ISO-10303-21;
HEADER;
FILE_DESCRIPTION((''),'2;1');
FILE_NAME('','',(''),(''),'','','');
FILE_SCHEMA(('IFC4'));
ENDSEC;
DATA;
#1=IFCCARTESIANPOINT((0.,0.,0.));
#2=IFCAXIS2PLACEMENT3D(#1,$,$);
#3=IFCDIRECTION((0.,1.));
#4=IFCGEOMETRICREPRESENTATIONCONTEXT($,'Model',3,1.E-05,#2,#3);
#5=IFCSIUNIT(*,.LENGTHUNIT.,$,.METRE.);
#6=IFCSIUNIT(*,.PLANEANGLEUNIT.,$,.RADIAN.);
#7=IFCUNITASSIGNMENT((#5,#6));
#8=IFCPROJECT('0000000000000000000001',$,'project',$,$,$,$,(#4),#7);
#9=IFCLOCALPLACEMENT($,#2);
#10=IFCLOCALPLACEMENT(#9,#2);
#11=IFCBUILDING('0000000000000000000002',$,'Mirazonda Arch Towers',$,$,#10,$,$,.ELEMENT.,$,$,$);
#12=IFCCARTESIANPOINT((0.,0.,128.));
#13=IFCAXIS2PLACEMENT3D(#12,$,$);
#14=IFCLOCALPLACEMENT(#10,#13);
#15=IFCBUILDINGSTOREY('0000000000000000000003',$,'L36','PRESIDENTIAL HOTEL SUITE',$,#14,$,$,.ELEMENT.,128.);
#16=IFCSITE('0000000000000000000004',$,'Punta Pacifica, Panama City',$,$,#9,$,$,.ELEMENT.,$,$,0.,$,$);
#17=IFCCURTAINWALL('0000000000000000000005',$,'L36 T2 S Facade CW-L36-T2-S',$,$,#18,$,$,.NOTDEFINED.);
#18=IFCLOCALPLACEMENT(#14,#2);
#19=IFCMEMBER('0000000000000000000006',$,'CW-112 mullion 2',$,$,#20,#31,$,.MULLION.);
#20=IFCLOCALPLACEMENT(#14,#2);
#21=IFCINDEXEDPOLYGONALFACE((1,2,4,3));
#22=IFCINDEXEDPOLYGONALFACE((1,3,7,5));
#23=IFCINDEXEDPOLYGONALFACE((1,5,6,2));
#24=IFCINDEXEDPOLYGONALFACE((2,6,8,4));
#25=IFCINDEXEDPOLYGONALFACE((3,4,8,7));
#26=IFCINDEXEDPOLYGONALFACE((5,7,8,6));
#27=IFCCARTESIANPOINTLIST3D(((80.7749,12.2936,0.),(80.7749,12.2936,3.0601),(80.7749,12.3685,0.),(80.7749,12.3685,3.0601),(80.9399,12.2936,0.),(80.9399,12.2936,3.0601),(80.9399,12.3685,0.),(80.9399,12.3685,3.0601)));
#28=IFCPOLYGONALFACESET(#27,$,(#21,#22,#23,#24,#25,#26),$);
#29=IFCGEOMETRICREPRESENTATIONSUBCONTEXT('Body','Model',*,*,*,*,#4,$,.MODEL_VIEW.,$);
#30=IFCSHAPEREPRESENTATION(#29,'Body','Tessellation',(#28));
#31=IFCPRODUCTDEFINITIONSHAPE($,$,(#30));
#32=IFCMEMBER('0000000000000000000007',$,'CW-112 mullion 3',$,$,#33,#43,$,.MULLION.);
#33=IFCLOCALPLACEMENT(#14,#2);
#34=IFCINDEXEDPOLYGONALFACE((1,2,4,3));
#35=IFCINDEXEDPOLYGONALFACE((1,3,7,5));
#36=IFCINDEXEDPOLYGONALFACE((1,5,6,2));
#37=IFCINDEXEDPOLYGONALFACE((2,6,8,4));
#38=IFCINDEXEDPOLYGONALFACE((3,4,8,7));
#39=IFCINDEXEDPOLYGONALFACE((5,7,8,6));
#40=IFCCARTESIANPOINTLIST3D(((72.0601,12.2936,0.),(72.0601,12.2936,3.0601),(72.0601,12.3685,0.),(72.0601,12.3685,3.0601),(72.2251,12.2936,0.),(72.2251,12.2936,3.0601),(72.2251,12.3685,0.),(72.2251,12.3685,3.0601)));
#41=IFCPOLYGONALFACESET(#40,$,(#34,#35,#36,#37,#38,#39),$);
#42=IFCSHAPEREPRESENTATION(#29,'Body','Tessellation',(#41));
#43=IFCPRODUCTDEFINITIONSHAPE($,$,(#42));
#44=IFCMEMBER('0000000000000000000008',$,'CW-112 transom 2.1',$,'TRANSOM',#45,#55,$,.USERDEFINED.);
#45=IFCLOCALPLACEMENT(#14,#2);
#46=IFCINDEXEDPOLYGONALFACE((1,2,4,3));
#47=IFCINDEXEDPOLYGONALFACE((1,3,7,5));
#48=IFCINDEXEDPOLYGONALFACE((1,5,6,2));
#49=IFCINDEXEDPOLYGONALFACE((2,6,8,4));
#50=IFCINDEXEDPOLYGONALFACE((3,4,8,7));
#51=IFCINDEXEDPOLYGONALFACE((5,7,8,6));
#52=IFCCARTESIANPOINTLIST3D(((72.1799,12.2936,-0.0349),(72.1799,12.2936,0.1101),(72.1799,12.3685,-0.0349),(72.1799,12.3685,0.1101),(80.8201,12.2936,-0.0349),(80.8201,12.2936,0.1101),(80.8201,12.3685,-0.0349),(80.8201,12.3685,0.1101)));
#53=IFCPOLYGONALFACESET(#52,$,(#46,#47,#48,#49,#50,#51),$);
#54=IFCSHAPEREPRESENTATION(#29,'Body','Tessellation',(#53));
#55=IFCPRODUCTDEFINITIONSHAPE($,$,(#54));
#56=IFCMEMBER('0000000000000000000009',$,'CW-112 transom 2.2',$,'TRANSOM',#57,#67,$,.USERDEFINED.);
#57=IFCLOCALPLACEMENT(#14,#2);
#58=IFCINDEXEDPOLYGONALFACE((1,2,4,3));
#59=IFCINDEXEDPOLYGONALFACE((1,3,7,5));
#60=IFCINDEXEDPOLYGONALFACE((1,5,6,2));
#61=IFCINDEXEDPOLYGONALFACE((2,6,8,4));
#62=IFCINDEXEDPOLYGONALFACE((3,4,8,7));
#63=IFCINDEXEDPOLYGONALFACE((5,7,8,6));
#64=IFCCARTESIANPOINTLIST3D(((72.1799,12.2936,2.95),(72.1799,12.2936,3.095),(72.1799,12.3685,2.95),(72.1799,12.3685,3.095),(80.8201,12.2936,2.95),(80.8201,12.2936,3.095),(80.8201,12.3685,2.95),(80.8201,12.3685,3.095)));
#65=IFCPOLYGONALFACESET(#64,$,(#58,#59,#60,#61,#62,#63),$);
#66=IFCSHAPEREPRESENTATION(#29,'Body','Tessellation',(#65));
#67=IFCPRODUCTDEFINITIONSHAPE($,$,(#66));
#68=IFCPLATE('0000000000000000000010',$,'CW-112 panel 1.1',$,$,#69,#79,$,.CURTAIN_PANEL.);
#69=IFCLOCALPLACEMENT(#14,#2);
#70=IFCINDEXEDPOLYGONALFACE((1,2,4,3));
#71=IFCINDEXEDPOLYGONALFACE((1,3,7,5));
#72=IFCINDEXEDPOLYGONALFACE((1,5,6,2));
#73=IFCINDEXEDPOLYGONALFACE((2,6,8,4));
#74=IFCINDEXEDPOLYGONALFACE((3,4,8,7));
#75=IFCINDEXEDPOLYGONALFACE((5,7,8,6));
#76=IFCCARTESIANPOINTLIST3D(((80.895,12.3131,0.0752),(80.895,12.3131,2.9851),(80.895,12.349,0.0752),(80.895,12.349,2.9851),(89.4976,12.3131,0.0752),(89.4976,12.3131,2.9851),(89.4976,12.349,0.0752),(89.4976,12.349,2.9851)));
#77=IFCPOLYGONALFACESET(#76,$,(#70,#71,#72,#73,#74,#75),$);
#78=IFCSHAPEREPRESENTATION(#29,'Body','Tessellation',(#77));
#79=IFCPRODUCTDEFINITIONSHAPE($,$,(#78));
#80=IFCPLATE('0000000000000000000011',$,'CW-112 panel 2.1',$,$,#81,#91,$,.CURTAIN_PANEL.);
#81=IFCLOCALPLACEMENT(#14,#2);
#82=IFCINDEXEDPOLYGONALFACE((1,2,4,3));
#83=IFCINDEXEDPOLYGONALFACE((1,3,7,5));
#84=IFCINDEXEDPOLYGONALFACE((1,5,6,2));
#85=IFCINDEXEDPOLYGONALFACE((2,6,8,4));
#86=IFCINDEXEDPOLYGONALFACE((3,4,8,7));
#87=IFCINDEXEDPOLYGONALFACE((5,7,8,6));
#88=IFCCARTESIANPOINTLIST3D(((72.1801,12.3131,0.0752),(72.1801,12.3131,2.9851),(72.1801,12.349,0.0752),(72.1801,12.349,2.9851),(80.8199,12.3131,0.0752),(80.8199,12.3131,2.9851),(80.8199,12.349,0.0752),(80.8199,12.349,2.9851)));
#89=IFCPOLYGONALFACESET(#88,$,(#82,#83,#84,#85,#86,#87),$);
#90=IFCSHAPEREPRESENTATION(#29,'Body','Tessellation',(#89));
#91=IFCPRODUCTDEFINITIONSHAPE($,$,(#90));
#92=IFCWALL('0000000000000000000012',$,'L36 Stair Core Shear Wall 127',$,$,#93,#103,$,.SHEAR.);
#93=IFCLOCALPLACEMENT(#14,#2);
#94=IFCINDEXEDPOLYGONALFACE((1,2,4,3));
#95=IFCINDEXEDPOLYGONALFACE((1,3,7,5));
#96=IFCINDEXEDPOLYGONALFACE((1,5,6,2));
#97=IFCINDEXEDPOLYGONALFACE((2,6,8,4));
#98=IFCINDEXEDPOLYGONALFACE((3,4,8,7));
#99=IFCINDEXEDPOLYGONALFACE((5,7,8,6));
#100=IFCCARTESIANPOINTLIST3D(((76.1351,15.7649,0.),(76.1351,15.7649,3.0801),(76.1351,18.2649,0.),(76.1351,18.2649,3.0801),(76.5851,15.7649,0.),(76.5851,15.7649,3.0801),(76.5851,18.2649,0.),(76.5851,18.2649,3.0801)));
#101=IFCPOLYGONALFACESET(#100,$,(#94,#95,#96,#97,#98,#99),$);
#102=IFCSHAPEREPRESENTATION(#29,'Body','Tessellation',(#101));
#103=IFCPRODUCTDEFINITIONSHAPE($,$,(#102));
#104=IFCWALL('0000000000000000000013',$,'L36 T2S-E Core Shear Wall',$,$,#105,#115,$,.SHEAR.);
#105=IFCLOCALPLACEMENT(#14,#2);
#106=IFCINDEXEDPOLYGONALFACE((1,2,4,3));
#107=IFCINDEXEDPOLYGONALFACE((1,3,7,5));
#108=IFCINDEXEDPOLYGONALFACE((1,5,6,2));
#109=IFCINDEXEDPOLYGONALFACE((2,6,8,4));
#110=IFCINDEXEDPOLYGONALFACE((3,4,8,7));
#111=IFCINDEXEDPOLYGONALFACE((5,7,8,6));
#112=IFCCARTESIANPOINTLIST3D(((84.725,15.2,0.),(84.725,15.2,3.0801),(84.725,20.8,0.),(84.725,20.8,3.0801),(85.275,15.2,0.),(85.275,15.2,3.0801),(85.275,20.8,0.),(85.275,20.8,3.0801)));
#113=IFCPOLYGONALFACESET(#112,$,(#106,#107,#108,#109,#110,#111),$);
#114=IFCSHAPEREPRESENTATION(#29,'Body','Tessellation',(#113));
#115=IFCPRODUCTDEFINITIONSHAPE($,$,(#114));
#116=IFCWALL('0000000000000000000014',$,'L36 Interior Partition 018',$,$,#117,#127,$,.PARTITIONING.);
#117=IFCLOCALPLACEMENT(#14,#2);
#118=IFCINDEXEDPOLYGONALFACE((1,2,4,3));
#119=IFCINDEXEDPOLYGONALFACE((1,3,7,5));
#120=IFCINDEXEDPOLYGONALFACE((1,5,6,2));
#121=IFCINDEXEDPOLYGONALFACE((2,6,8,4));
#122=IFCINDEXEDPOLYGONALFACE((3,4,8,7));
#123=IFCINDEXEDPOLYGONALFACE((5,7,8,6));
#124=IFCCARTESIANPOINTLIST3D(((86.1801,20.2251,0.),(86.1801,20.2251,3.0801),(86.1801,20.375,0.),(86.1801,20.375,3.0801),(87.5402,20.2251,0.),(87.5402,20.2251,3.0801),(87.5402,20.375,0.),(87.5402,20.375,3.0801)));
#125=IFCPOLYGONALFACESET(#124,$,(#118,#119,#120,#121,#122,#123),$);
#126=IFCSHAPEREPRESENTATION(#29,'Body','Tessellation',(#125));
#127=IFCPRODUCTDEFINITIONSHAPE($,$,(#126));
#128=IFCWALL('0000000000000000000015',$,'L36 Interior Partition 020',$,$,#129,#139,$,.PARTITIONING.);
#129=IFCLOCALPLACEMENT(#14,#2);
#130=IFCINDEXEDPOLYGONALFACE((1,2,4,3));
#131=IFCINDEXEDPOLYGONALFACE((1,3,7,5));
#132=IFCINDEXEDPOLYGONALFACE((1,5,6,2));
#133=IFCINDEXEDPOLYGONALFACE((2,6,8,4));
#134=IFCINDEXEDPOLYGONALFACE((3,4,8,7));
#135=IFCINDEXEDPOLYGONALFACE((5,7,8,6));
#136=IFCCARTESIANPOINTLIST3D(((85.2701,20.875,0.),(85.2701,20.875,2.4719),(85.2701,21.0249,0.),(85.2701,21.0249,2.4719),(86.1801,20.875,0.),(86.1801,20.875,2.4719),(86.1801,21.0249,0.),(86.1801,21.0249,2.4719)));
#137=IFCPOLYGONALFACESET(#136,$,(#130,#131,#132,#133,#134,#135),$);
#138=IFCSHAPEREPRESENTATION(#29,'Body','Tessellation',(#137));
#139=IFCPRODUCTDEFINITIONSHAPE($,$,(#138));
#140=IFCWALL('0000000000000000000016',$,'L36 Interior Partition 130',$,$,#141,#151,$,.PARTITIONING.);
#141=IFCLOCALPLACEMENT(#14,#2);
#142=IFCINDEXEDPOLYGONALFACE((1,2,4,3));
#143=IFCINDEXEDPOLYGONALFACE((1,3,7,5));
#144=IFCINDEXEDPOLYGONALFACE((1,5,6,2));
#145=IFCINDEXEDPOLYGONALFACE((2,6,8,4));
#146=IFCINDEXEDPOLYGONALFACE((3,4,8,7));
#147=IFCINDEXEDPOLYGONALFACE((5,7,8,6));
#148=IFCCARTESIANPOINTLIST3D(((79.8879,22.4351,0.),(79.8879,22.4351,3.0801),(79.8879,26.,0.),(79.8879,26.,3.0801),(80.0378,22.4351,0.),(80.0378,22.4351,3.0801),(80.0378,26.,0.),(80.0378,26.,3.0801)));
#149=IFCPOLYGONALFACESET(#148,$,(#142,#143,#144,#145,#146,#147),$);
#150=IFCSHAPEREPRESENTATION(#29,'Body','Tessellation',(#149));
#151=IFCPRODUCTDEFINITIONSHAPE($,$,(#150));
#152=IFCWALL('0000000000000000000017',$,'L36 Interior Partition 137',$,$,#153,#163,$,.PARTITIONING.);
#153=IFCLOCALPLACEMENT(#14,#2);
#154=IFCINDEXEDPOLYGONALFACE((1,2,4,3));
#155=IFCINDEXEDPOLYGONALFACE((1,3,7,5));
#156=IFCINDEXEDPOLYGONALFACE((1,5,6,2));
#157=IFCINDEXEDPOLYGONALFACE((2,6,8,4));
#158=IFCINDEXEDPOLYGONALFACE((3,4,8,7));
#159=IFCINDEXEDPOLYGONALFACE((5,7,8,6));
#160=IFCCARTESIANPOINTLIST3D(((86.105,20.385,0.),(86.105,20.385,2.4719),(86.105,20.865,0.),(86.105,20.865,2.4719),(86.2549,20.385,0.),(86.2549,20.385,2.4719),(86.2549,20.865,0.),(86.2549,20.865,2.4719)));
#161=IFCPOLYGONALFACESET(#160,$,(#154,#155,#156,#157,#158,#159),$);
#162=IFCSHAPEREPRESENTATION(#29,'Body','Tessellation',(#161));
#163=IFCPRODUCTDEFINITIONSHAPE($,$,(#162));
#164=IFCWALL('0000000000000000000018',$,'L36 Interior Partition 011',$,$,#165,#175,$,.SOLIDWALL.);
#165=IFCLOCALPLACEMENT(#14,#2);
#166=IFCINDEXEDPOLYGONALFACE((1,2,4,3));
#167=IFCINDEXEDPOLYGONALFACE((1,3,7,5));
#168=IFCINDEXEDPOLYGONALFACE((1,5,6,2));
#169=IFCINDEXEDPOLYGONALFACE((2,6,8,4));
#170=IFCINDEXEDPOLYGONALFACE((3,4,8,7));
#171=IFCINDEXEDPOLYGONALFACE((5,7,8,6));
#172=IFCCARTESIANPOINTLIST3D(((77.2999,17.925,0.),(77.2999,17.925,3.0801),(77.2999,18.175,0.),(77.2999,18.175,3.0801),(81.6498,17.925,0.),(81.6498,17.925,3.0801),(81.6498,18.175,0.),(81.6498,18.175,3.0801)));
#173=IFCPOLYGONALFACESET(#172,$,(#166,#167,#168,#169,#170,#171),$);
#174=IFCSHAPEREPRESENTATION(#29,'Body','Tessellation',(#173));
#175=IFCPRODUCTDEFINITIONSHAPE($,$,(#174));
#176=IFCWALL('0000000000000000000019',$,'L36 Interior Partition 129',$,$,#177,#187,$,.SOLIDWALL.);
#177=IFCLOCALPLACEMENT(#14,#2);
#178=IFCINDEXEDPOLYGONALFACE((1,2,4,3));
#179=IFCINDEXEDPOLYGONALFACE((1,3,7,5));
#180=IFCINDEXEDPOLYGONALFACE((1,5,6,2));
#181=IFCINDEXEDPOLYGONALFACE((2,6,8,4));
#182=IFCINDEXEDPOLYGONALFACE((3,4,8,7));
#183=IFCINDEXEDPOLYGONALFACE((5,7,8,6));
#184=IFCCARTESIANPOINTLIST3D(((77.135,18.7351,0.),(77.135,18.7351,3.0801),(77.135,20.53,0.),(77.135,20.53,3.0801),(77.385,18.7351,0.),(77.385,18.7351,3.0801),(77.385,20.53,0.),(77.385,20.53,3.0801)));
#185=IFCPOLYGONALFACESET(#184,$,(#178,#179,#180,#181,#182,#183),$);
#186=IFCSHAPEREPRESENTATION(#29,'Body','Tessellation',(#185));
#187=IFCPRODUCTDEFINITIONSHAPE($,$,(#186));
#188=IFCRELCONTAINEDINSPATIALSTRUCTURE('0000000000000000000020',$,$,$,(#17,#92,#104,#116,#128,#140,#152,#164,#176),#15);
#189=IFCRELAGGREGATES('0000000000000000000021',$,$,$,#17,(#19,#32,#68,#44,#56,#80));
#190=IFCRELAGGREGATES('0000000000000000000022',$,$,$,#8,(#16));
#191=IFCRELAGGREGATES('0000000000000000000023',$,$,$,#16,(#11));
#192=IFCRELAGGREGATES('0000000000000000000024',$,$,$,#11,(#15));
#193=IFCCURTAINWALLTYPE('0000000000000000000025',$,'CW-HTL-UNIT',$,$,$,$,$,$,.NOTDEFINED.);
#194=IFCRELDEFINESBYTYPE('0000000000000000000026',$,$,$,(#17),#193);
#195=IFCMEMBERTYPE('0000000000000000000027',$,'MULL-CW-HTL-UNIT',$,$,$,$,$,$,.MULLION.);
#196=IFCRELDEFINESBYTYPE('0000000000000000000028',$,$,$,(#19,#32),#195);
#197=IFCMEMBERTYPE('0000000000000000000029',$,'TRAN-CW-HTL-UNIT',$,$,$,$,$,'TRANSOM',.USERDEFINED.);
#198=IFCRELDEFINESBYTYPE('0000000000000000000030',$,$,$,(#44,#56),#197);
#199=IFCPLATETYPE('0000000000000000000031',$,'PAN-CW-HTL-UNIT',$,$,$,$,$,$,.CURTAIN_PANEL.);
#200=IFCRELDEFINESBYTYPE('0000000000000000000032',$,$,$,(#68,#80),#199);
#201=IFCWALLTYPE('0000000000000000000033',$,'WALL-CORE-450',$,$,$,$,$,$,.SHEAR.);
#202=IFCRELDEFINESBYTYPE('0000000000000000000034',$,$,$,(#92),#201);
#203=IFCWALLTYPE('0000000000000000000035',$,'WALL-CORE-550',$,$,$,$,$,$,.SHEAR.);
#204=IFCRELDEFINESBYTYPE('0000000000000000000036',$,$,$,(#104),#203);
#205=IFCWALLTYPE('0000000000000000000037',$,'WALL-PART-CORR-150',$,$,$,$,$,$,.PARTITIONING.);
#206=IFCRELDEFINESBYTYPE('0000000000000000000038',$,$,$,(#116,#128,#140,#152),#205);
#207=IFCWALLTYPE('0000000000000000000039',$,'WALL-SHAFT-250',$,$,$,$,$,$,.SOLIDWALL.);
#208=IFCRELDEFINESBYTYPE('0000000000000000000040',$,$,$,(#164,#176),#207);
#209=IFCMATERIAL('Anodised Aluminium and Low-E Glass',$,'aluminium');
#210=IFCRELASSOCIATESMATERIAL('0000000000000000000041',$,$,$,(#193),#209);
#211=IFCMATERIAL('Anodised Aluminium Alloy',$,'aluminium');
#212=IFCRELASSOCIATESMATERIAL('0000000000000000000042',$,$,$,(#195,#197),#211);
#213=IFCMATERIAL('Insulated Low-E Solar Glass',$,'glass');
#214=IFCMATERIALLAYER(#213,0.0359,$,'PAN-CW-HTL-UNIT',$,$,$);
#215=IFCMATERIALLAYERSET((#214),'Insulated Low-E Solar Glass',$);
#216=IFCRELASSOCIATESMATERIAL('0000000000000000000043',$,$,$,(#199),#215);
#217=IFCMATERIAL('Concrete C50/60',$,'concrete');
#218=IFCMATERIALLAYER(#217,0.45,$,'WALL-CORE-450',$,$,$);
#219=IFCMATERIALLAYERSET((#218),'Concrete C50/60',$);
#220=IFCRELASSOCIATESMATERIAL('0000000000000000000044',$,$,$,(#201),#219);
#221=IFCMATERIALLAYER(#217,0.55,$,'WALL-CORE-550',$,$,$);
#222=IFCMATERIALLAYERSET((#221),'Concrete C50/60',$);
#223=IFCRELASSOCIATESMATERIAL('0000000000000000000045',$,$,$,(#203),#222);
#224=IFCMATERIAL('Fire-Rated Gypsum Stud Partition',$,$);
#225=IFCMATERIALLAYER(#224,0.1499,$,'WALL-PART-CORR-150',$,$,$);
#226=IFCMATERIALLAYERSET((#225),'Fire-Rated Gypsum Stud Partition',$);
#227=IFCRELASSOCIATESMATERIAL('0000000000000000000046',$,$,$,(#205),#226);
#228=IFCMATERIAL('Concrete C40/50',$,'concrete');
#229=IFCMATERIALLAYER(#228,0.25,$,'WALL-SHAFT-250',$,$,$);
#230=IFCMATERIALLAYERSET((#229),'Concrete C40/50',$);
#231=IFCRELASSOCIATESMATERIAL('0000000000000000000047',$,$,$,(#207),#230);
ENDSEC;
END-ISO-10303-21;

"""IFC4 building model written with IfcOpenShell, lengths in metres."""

from ifc_helpers import new_model, si_unit, direction, frame, frame_2d, origin, origin_2d, place, context, subcontext, project, spatial, rectangle, extrude, material, layer, layer_set, material_profile, profile_set, type_object, element, aggregate, save


model = new_model("IFC4")

# Units and contexts
model_context = context("Model", 3, precision=1e-05, world=origin(), true_north=direction((0.0, 1.0)))
body_context = subcontext(model_context, "Body", "Model", "MODEL_VIEW")
ifc_project = project(units=[si_unit("LENGTHUNIT", "METRE"), si_unit("PLANEANGLEUNIT", "RADIAN")], contexts=[model_context])

# Site, building, storey
site_placement = place(None, origin())
site = spatial("IfcSite", under=ifc_project, at=site_placement, Name="Punta Pacifica, Panama City", CompositionType="ELEMENT", RefElevation=0.0)
building_placement = place(site_placement, origin())
building = spatial("IfcBuilding", under=site, at=building_placement, Name="Mirazonda Arch Towers", CompositionType="ELEMENT")
storey_placement = place(building_placement, frame((0.0, 0.0, 128.0)))
storey = spatial("IfcBuildingStorey", under=building, at=storey_placement, Name="L36", Description="PRESIDENTIAL HOTEL SUITE", CompositionType="ELEMENT", Elevation=128.0)

# Shared definitions
ifc_material_1 = material(Name="Concrete C50/60", Category="concrete")

# Curtain wall, members, plates
ifc_material_2 = material(Name="Anodised Aluminium and Low-E Glass", Category="aluminium")
curtain_wall_type = type_object("IfcCurtainWallType", Name="CW-HTL-UNIT", PredefinedType="NOTDEFINED", material=ifc_material_2)
curtain_wall_placement = place(storey_placement, origin())
curtain_wall = element("IfcCurtainWall", 1, at=curtain_wall_placement, inside=storey, type_object=curtain_wall_type, Name="L36 T2 S Facade CW-L36-T2-S", PredefinedType="NOTDEFINED")
ifc_material_3 = material(Name="Anodised Aluminium Alloy", Category="aluminium")
ifc_material_profile_1 = material_profile(ifc_material_3, rectangle(XDim=0.075, YDim=0.165, at=origin_2d()), Name="ALU-MULL-75x165")
ifc_profile_set_1 = profile_set([ifc_material_profile_1], Name="Anodised Aluminium Alloy")
member_type_1 = type_object("IfcMemberType", Name="MULL-CW-HTL-UNIT", PredefinedType="MULLION", material=ifc_profile_set_1)
member_1_placement = place(storey_placement, frame((80.8574, 12.3311, 0.0), z_axis=(0.0, 0.0, 1.0), x_axis=(0.0, -1.0, 0.0)))
member_1 = element("IfcMember", 2, at=member_1_placement, type_object=member_type_1, Name="CW-112 mullion 2", PredefinedType="MULLION", context=body_context, shape_type="SweptSolid", body=[
    extrude(rectangle(XDim=0.075, YDim=0.165, at=origin_2d()), origin(), (0.0, 0.0, 1.0), 3.0601),
])
member_2_placement = place(storey_placement, frame((72.1426, 12.3311, 0.0), z_axis=(0.0, 0.0, 1.0), x_axis=(0.0, -1.0, 0.0)))
member_2 = element("IfcMember", 3, at=member_2_placement, type_object=member_type_1, Name="CW-112 mullion 3", PredefinedType="MULLION", context=body_context, shape_type="SweptSolid", body=[
    extrude(rectangle(XDim=0.075, YDim=0.165, at=origin_2d()), origin(), (0.0, 0.0, 1.0), 3.0601),
])
ifc_material_profile_2 = material_profile(ifc_material_3, rectangle(XDim=0.075, YDim=0.145, at=origin_2d()), Name="ALU-TRAN-75x145")
ifc_profile_set_2 = profile_set([ifc_material_profile_2], Name="Anodised Aluminium Alloy")
member_type_2 = type_object("IfcMemberType", Name="TRAN-CW-HTL-UNIT", ElementType="TRANSOM", PredefinedType="USERDEFINED", material=ifc_profile_set_2)
member_3_placement = place(storey_placement, frame((80.8201, 12.3311, 0.0376), z_axis=(-1.0, 0.0, 0.0), x_axis=(0.0, -1.0, 0.0)))
member_3 = element("IfcMember", 4, at=member_3_placement, type_object=member_type_2, Name="CW-112 transom 2.1", ObjectType="TRANSOM", PredefinedType="USERDEFINED", context=body_context, shape_type="SweptSolid", body=[
    extrude(rectangle(XDim=0.075, YDim=0.145, at=origin_2d()), origin(), (0.0, 0.0, 1.0), 8.6401),
])
member_4_placement = place(storey_placement, frame((80.8201, 12.3311, 3.0225), z_axis=(-1.0, 0.0, 0.0), x_axis=(0.0, -1.0, 0.0)))
member_4 = element("IfcMember", 5, at=member_4_placement, type_object=member_type_2, Name="CW-112 transom 2.2", ObjectType="TRANSOM", PredefinedType="USERDEFINED", context=body_context, shape_type="SweptSolid", body=[
    extrude(rectangle(XDim=0.075, YDim=0.145, at=origin_2d()), origin(), (0.0, 0.0, 1.0), 8.6401),
])
ifc_material_4 = material(Name="Insulated Low-E Solar Glass", Category="glass")
ifc_layer_1 = layer(ifc_material_4, 0.0359, Name="PAN-CW-HTL-UNIT")
ifc_layer_set_1 = layer_set([ifc_layer_1], Name="Insulated Low-E Solar Glass")
plate_type = type_object("IfcPlateType", Name="PAN-CW-HTL-UNIT", PredefinedType="CURTAIN_PANEL", material=ifc_layer_set_1)
plate_1_placement = place(storey_placement, frame((85.1963, 12.3311, 0.0752), z_axis=(0.0, 0.0, 1.0), x_axis=(-1.0, 0.0, 0.0)))
plate_1 = element("IfcPlate", 6, at=plate_1_placement, type_object=plate_type, Name="CW-112 panel 1.1", PredefinedType="CURTAIN_PANEL", context=body_context, shape_type="SweptSolid", body=[
    extrude(rectangle(XDim=8.6025, YDim=0.0359, at=origin_2d()), origin(), (0.0, 0.0, 1.0), 2.9099),
])
plate_2_placement = place(storey_placement, frame((76.5, 12.3311, 0.0752), z_axis=(0.0, 0.0, 1.0), x_axis=(-1.0, 0.0, 0.0)))
plate_2 = element("IfcPlate", 7, at=plate_2_placement, type_object=plate_type, Name="CW-112 panel 2.1", PredefinedType="CURTAIN_PANEL", context=body_context, shape_type="SweptSolid", body=[
    extrude(rectangle(XDim=8.6399, YDim=0.0359, at=origin_2d()), origin(), (0.0, 0.0, 1.0), 2.9099),
])
aggregate(curtain_wall, [member_1, member_2, plate_1, member_3, member_4, plate_2])

# Walls
ifc_layer_2 = layer(ifc_material_1, 0.45, Name="WALL-CORE-450")
ifc_layer_set_2 = layer_set([ifc_layer_2], Name="Concrete C50/60")
wall_type_1 = type_object("IfcWallType", Name="WALL-CORE-450", PredefinedType="SHEAR", material=ifc_layer_set_2)
wall_1_placement = place(storey_placement, frame((76.3601, 15.7649, 0.0), z_axis=(0.0, 0.0, 1.0), x_axis=(0.0, 1.0, 0.0)))
element("IfcWall", 8, at=wall_1_placement, inside=storey, type_object=wall_type_1, Name="L36 Stair Core Shear Wall 127", PredefinedType="SHEAR", context=body_context, shape_type="SweptSolid", body=[
    extrude(rectangle(XDim=2.5, YDim=0.45, at=frame_2d((1.25, 0.0))), origin(), (0.0, 0.0, 1.0), 3.0801),
])
ifc_layer_3 = layer(ifc_material_1, 0.55, Name="WALL-CORE-550")
ifc_layer_set_3 = layer_set([ifc_layer_3], Name="Concrete C50/60")
wall_type_2 = type_object("IfcWallType", Name="WALL-CORE-550", PredefinedType="SHEAR", material=ifc_layer_set_3)
wall_2_placement = place(storey_placement, frame((85.0, 15.2, 0.0), z_axis=(0.0, 0.0, 1.0), x_axis=(0.0, 1.0, 0.0)))
element("IfcWall", 9, at=wall_2_placement, inside=storey, type_object=wall_type_2, Name="L36 T2S-E Core Shear Wall", PredefinedType="SHEAR", context=body_context, shape_type="SweptSolid", body=[
    extrude(rectangle(XDim=5.6001, YDim=0.55, at=frame_2d((2.8, 0.0))), origin(), (0.0, 0.0, 1.0), 3.0801),
])
ifc_material_5 = material(Name="Fire-Rated Gypsum Stud Partition")
ifc_layer_4 = layer(ifc_material_5, 0.1499, Name="WALL-PART-CORR-150")
ifc_layer_set_4 = layer_set([ifc_layer_4], Name="Fire-Rated Gypsum Stud Partition")
wall_type_3 = type_object("IfcWallType", Name="WALL-PART-CORR-150", PredefinedType="PARTITIONING", material=ifc_layer_set_4)
wall_3_placement = place(storey_placement, frame((86.1799, 20.3, 0.0), z_axis=(0.0, 0.0, 1.0), x_axis=(1.0, 0.0, 0.0)))
element("IfcWall", 10, at=wall_3_placement, inside=storey, type_object=wall_type_3, Name="L36 Interior Partition 018", PredefinedType="PARTITIONING", context=body_context, shape_type="SweptSolid", body=[
    extrude(rectangle(XDim=1.3601, YDim=0.1499, at=frame_2d((0.6802, 0.0))), origin(), (0.0, 0.0, 1.0), 3.0801),
])
wall_4_placement = place(storey_placement, frame((85.27, 20.95, 0.0), z_axis=(0.0, 0.0, 1.0), x_axis=(1.0, 0.0, 0.0)))
element("IfcWall", 11, at=wall_4_placement, inside=storey, type_object=wall_type_3, Name="L36 Interior Partition 020", PredefinedType="PARTITIONING", context=body_context, shape_type="SweptSolid", body=[
    extrude(rectangle(XDim=0.9099, YDim=0.1499, at=frame_2d((0.4551, 0.0))), origin(), (0.0, 0.0, 1.0), 2.4719),
])
wall_5_placement = place(storey_placement, frame((79.9629, 22.4351, 0.0), z_axis=(0.0, 0.0, 1.0), x_axis=(0.0, 1.0, 0.0)))
element("IfcWall", 12, at=wall_5_placement, inside=storey, type_object=wall_type_3, Name="L36 Interior Partition 130", PredefinedType="PARTITIONING", context=body_context, shape_type="SweptSolid", body=[
    extrude(rectangle(XDim=3.5649, YDim=0.1499, at=frame_2d((1.7825, 0.0))), origin(), (0.0, 0.0, 1.0), 3.0801),
])
wall_6_placement = place(storey_placement, frame((86.1799, 20.385, 0.0), z_axis=(0.0, 0.0, 1.0), x_axis=(0.0, 1.0, 0.0)))
element("IfcWall", 13, at=wall_6_placement, inside=storey, type_object=wall_type_3, Name="L36 Interior Partition 137", PredefinedType="PARTITIONING", context=body_context, shape_type="SweptSolid", body=[
    extrude(rectangle(XDim=0.48, YDim=0.1499, at=frame_2d((0.24, 0.0))), origin(), (0.0, 0.0, 1.0), 2.4719),
])
ifc_material_6 = material(Name="Concrete C40/50", Category="concrete")
ifc_layer_5 = layer(ifc_material_6, 0.25, Name="WALL-SHAFT-250")
ifc_layer_set_5 = layer_set([ifc_layer_5], Name="Concrete C40/50")
wall_type_4 = type_object("IfcWallType", Name="WALL-SHAFT-250", PredefinedType="SOLIDWALL", material=ifc_layer_set_5)
wall_7_placement = place(storey_placement, frame((77.3, 18.05, 0.0), z_axis=(0.0, 0.0, 1.0), x_axis=(1.0, 0.0, 0.0)))
element("IfcWall", 14, at=wall_7_placement, inside=storey, type_object=wall_type_4, Name="L36 Interior Partition 011", PredefinedType="SOLIDWALL", context=body_context, shape_type="SweptSolid", body=[
    extrude(rectangle(XDim=4.3499, YDim=0.25, at=frame_2d((2.1748, 0.0))), origin(), (0.0, 0.0, 1.0), 3.0801),
])
wall_8_placement = place(storey_placement, frame((77.26, 18.7351, 0.0), z_axis=(0.0, 0.0, 1.0), x_axis=(0.0, 1.0, 0.0)))
element("IfcWall", 15, at=wall_8_placement, inside=storey, type_object=wall_type_4, Name="L36 Interior Partition 129", PredefinedType="SOLIDWALL", context=body_context, shape_type="SweptSolid", body=[
    extrude(rectangle(XDim=1.7949, YDim=0.25, at=frame_2d((0.8975, 0.0))), origin(), (0.0, 0.0, 1.0), 3.0801),
])

save(model, "model.ifc")
